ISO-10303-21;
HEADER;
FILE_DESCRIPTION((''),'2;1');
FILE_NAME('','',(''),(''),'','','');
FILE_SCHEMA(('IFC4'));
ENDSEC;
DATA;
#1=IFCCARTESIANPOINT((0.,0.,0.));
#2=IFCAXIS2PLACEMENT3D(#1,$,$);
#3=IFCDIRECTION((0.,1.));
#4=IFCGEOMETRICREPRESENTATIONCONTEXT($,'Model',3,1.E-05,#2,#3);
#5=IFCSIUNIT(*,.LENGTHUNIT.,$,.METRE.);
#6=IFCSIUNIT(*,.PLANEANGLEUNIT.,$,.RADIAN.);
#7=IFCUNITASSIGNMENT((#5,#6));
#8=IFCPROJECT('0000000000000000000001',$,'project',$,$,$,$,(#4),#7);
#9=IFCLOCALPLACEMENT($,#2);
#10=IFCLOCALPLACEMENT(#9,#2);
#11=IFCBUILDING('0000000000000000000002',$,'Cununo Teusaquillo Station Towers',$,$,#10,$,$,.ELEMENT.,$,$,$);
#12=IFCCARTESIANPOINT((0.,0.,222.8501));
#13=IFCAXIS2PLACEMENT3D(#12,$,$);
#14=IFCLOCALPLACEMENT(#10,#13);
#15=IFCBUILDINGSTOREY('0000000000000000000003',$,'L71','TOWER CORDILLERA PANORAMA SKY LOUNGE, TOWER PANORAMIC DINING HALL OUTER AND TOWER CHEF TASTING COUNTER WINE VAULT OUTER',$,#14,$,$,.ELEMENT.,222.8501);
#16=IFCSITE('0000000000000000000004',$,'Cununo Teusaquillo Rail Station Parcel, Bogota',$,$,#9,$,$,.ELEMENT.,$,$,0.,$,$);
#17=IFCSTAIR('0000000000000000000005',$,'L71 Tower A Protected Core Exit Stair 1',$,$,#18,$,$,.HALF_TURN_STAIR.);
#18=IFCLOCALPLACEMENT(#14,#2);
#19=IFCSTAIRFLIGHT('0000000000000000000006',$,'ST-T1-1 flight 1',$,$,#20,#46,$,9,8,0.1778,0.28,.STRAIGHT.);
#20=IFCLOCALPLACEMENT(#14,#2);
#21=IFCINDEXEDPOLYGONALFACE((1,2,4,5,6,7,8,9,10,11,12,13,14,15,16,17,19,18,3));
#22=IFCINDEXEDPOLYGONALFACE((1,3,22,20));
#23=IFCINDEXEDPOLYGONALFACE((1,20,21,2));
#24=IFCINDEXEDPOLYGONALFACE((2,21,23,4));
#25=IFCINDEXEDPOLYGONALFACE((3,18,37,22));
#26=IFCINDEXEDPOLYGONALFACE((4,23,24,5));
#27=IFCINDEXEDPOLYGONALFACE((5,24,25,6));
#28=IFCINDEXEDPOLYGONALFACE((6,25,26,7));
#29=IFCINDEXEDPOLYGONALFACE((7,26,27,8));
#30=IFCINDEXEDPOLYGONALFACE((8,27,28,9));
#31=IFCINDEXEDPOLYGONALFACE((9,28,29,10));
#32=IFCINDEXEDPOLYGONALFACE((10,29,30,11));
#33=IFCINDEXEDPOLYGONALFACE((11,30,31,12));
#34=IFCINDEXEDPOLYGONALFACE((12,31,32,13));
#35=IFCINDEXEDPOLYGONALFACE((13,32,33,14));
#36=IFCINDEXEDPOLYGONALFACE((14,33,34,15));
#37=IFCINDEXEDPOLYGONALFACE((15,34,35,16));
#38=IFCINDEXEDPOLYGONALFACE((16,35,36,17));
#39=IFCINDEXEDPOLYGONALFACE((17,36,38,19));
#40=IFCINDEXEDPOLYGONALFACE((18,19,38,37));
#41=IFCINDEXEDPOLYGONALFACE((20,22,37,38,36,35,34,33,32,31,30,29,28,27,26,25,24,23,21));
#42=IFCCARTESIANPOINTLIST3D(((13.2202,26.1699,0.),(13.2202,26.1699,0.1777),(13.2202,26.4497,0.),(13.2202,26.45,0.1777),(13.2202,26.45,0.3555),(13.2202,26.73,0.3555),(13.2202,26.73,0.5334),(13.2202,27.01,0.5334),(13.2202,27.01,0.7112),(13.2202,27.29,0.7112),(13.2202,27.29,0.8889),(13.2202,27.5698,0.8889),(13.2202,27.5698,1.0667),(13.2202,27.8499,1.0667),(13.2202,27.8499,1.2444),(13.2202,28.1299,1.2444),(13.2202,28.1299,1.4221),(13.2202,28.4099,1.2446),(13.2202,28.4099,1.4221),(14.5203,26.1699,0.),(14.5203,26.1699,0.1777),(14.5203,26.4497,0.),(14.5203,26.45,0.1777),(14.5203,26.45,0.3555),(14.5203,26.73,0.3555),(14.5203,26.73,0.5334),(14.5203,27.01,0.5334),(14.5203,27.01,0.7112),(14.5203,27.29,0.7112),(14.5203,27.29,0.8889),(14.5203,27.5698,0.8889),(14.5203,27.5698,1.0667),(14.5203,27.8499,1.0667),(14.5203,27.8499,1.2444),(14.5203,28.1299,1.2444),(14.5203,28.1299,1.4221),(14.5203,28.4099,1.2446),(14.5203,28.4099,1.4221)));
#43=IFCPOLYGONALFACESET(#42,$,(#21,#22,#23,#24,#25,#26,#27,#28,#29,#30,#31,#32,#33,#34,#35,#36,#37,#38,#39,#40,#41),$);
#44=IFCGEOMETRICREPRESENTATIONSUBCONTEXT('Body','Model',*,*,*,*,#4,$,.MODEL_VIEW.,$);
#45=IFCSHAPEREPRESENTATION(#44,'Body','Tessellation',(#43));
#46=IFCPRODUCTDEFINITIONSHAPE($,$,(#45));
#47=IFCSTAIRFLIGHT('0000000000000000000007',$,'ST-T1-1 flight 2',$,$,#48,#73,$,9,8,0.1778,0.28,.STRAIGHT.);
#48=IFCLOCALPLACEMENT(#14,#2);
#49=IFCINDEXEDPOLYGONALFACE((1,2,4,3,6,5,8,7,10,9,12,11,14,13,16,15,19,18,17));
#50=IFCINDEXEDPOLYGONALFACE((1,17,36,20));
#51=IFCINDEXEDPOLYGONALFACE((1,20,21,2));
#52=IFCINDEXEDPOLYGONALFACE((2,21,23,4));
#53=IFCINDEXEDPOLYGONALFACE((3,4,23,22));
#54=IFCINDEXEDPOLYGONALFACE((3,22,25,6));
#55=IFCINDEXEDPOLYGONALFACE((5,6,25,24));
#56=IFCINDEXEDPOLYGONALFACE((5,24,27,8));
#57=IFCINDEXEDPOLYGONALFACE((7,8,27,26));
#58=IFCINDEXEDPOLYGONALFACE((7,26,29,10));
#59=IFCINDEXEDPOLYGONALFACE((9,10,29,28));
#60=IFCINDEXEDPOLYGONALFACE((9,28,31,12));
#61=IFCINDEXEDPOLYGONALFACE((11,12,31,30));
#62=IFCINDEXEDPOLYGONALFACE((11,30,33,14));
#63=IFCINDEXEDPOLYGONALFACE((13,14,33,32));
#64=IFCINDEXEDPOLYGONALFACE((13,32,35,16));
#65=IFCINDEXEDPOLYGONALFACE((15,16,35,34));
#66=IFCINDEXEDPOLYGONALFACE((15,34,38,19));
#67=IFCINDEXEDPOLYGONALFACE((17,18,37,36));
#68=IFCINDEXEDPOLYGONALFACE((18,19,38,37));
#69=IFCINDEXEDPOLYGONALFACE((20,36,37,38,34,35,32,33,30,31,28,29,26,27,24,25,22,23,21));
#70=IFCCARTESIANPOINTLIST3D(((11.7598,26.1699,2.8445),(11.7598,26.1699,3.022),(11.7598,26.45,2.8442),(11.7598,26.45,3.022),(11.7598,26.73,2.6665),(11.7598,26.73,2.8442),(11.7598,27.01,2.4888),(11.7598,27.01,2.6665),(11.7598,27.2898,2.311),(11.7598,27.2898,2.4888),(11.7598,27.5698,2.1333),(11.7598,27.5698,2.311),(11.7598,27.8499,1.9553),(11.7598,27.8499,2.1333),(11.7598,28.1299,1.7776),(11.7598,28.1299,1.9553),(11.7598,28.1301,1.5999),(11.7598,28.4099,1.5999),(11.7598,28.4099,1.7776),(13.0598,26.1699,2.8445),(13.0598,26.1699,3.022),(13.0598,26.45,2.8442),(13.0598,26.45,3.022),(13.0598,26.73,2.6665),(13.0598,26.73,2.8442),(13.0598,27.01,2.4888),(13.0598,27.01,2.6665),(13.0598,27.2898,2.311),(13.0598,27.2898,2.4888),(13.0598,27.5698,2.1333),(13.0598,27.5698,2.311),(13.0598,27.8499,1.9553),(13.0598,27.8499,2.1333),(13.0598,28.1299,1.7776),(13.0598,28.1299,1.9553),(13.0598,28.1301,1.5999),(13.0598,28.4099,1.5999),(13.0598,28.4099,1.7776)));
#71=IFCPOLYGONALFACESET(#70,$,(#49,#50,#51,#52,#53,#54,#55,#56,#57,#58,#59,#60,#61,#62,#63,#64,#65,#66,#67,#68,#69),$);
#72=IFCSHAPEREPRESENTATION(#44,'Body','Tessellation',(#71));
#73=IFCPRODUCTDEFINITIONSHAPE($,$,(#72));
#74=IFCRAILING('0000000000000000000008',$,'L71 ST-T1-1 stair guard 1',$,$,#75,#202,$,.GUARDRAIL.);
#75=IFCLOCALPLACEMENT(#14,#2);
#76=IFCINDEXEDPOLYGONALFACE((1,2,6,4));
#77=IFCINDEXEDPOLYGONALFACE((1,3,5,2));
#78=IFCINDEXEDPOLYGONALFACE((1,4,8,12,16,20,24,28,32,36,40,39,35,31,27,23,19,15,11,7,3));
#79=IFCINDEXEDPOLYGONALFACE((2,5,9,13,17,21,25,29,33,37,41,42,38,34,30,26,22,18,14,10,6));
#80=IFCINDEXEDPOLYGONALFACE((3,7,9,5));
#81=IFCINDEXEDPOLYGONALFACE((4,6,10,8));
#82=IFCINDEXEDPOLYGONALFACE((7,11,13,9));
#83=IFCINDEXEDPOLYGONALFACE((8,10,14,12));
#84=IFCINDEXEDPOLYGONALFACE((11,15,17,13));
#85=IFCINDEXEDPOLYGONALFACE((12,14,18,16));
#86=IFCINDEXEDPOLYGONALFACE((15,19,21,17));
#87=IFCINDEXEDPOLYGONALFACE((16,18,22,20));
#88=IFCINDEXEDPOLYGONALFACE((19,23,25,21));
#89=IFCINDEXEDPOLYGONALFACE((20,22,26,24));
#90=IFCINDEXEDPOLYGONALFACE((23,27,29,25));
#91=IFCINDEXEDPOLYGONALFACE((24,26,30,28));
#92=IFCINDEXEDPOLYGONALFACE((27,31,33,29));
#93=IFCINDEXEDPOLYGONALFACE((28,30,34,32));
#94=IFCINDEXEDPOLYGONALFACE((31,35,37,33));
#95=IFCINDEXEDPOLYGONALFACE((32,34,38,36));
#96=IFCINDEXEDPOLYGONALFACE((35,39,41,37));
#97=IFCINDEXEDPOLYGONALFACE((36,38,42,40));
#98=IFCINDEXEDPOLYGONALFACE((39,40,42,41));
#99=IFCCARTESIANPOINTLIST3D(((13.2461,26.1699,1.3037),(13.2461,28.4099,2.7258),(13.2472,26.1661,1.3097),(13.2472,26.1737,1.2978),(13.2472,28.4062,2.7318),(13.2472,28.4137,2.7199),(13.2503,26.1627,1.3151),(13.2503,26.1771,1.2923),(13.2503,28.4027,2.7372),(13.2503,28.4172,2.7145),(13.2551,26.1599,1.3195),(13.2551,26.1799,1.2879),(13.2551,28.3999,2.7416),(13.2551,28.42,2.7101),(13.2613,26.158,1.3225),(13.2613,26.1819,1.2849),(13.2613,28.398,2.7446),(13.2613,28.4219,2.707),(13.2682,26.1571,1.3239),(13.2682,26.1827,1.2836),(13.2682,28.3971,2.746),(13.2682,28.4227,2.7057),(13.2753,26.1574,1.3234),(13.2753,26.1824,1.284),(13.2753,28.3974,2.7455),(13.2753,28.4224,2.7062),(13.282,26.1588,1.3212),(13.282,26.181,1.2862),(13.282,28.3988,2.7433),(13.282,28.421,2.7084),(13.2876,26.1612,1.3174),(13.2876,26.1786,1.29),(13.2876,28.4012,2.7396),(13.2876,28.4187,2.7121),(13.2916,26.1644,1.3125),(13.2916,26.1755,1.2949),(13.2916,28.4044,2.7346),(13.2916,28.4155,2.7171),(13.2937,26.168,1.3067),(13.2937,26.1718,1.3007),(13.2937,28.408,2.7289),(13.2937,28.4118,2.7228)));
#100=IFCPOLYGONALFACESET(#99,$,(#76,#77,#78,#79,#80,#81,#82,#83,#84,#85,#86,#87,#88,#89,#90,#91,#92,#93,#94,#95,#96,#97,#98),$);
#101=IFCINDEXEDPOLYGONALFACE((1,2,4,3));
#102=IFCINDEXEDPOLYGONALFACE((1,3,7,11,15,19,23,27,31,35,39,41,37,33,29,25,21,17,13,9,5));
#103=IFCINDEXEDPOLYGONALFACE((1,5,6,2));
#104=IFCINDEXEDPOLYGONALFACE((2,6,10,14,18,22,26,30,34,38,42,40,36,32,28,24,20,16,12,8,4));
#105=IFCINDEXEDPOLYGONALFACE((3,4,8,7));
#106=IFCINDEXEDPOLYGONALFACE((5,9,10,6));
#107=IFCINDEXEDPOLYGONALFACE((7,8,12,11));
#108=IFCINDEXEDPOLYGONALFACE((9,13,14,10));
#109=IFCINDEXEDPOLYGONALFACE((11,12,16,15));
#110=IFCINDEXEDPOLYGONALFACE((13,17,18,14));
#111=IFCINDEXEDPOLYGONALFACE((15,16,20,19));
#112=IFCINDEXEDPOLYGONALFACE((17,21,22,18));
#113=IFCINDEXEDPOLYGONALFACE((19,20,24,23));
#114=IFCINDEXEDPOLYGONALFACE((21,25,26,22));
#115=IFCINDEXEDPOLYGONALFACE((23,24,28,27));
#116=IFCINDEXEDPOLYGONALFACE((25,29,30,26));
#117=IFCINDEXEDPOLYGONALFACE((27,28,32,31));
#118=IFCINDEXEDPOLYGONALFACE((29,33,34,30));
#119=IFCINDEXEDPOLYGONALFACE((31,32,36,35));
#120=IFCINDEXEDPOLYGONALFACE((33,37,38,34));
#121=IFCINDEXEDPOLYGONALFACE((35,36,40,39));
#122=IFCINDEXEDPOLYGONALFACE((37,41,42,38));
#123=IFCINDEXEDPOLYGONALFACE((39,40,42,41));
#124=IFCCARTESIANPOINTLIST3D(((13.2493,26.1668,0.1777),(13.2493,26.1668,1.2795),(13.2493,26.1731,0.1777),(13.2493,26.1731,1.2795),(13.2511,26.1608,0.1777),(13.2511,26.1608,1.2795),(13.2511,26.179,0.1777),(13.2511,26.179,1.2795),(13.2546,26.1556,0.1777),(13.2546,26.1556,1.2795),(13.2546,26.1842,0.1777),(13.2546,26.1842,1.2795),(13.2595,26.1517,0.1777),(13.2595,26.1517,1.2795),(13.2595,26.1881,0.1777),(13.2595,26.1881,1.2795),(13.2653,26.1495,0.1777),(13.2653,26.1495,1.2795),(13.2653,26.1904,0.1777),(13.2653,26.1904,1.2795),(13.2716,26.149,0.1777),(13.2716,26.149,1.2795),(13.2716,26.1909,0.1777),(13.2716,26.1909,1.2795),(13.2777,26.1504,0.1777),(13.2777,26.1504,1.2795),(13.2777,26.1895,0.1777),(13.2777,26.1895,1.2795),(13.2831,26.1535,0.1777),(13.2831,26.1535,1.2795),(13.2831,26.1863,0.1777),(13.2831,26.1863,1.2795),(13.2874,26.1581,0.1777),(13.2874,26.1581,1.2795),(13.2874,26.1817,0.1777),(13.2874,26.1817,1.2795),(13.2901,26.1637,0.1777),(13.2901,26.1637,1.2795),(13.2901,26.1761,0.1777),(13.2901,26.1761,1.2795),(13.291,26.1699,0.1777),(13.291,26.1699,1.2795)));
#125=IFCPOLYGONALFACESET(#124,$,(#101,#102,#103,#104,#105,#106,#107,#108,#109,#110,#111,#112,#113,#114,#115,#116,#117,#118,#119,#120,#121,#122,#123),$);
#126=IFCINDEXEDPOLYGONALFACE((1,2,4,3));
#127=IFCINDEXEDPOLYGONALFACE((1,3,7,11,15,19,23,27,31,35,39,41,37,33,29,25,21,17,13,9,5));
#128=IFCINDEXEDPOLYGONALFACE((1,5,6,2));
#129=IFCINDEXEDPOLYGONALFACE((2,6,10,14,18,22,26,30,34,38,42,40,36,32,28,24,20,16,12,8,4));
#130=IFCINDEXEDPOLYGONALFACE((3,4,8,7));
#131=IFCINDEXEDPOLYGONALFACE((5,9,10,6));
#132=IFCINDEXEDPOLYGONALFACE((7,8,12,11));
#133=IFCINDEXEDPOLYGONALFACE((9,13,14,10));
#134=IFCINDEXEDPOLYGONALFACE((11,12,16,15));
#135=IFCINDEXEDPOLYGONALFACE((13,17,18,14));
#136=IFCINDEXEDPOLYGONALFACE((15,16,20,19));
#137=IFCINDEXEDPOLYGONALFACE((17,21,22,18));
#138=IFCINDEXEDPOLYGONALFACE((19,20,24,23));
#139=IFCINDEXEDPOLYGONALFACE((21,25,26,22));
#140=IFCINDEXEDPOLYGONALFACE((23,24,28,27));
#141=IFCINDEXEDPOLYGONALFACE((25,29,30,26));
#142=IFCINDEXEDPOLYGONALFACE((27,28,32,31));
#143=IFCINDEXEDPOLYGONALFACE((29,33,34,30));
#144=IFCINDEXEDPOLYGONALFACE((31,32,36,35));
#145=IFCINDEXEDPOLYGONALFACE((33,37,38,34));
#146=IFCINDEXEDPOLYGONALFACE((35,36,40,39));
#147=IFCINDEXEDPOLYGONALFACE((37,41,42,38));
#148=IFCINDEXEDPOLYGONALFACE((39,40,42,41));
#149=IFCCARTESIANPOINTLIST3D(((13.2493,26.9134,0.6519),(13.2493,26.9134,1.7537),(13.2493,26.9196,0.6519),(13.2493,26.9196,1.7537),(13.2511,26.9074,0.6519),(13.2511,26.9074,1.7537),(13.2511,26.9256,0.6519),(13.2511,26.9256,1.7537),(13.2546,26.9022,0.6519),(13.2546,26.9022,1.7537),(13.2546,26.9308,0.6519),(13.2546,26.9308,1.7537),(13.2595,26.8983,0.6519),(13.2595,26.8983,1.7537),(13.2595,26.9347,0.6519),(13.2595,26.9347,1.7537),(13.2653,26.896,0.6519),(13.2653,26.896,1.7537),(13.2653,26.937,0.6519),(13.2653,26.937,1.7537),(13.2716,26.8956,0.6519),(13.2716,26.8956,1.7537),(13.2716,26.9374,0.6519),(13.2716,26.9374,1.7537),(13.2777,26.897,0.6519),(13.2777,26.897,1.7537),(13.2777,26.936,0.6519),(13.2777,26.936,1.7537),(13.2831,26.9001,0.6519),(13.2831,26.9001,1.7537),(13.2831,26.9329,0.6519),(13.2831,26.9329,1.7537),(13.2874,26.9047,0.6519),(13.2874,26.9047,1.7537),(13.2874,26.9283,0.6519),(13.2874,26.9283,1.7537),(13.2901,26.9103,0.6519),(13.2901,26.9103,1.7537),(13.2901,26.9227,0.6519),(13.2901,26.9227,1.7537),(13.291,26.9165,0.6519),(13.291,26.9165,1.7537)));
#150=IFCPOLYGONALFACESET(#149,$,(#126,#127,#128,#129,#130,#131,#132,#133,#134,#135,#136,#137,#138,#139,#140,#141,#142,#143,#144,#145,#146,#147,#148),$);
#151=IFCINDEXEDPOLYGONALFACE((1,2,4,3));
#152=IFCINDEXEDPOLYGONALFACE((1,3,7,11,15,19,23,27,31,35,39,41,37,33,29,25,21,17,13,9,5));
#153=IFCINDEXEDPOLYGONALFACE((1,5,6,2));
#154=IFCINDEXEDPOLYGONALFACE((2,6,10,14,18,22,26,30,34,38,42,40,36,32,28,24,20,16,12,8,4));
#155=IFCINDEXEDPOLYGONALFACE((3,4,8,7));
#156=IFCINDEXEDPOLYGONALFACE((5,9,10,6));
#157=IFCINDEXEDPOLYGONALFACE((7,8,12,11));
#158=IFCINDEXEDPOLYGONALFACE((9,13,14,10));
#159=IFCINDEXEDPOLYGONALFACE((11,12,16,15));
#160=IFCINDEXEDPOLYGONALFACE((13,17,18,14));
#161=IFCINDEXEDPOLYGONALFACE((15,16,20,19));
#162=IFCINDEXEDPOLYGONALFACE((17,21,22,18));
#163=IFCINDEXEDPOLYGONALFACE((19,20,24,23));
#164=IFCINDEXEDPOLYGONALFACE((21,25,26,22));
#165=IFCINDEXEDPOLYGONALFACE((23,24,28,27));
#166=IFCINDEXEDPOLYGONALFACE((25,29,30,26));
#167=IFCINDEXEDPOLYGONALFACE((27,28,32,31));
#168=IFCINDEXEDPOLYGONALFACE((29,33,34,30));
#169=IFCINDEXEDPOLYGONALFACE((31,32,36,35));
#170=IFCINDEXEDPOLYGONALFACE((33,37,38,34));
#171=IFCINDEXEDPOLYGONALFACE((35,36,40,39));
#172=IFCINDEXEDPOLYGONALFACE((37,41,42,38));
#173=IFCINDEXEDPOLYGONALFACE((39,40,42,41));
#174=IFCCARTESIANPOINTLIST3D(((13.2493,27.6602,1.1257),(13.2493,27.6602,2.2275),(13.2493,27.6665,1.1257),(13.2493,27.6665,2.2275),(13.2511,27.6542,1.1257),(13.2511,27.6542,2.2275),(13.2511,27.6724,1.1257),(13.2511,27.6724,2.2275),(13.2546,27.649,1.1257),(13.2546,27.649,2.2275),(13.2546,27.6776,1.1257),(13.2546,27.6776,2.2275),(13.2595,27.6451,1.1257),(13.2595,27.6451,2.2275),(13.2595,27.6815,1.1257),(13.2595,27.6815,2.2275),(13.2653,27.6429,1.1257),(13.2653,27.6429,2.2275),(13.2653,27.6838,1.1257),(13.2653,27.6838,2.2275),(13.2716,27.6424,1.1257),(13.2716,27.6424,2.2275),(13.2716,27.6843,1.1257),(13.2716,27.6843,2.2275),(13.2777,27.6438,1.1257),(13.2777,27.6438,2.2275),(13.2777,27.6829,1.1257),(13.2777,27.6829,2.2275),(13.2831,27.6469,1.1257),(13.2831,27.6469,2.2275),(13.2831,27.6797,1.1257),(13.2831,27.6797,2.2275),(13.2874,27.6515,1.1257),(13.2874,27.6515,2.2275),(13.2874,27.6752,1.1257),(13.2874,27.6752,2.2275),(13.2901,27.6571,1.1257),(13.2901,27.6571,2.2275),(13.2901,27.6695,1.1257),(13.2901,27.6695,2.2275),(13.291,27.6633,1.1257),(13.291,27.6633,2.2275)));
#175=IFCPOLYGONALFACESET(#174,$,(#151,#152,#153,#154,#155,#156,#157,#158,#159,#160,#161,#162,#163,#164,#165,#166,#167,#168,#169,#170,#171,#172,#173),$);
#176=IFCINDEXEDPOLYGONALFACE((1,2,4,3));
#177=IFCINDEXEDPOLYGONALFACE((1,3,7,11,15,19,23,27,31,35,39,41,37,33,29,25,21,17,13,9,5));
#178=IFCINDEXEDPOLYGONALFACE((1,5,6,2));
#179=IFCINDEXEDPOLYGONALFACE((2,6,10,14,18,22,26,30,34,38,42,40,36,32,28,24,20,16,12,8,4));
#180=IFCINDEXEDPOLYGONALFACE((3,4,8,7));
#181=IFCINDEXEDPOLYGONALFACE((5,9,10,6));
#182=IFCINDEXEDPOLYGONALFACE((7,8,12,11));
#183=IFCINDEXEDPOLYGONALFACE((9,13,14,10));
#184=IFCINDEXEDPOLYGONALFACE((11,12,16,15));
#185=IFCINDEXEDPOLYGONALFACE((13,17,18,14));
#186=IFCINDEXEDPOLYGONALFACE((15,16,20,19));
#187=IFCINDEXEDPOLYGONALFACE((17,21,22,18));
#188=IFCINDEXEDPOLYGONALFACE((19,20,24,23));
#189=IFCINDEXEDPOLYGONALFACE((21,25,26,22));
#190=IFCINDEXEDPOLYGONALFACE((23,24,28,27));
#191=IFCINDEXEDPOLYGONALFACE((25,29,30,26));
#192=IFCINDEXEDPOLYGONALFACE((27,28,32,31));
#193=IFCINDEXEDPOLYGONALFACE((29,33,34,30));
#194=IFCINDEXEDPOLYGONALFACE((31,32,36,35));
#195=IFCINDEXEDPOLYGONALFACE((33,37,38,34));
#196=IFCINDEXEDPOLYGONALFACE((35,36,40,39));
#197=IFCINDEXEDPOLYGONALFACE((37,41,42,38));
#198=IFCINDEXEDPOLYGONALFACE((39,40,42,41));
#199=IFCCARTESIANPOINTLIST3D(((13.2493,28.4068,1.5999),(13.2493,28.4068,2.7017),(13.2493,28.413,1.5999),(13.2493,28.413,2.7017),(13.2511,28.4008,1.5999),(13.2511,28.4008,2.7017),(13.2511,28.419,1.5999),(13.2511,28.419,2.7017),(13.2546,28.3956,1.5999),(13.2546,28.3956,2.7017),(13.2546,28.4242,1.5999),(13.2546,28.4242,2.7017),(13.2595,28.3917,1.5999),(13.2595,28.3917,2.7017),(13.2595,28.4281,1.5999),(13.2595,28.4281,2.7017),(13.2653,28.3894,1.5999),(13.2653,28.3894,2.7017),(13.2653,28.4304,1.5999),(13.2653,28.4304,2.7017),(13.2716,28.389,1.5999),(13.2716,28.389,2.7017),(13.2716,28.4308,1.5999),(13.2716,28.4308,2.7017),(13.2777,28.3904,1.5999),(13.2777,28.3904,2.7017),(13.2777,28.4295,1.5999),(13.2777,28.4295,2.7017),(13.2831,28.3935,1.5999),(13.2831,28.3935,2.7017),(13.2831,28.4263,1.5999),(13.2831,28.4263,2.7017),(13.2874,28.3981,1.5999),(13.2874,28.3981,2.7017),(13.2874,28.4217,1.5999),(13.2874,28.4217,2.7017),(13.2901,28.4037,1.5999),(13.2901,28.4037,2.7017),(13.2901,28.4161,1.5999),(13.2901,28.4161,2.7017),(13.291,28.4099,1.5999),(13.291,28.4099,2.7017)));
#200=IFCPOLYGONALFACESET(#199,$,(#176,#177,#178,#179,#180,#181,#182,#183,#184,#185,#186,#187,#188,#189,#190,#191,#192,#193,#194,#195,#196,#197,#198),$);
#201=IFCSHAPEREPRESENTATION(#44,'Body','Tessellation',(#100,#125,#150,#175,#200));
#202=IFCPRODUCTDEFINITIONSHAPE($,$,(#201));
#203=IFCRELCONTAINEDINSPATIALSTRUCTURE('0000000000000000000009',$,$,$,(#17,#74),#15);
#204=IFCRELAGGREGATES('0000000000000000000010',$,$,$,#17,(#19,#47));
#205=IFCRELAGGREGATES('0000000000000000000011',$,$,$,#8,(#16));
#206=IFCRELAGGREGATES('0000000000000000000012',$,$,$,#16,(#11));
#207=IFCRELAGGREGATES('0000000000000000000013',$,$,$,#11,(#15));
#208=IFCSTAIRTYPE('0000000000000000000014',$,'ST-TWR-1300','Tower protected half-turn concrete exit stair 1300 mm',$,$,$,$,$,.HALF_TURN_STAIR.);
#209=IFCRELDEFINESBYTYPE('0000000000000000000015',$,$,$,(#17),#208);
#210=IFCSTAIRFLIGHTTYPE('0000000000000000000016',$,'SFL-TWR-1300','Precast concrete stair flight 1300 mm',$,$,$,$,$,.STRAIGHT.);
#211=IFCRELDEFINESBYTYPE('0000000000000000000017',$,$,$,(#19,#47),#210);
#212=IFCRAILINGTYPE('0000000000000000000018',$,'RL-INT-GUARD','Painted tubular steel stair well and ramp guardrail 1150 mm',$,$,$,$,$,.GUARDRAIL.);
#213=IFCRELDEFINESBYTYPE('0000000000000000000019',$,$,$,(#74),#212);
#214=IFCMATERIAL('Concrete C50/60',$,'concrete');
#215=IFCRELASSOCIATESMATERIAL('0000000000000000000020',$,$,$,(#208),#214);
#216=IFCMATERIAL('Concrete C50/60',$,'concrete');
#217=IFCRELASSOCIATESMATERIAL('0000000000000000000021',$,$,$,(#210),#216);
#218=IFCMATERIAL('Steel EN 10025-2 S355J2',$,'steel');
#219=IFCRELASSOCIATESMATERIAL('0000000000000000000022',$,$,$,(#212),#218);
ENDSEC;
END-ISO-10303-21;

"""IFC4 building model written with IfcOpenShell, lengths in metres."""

from ifc_helpers import new_model, si_unit, direction, frame, origin, origin_2d, place, context, subcontext, project, spatial, polyline, circle, outline, extrude, material, type_object, element, aggregate, save


model = new_model("IFC4")

# Units and contexts
model_context = context("Model", 3, precision=1e-05, world=origin(), true_north=direction((0.0, 1.0)))
body_context = subcontext(model_context, "Body", "Model", "MODEL_VIEW")
ifc_project = project(units=[si_unit("LENGTHUNIT", "METRE"), si_unit("PLANEANGLEUNIT", "RADIAN")], contexts=[model_context])

# Site, building, storey
site_placement = place(None, origin())
site = spatial("IfcSite", under=ifc_project, at=site_placement, Name="Cununo Teusaquillo Rail Station Parcel, Bogota", CompositionType="ELEMENT", RefElevation=0.0)
building_placement = place(site_placement, origin())
building = spatial("IfcBuilding", under=site, at=building_placement, Name="Cununo Teusaquillo Station Towers", CompositionType="ELEMENT")
storey_placement = place(building_placement, frame((0.0, 0.0, 222.8501)))
storey = spatial("IfcBuildingStorey", under=building, at=storey_placement, Name="L71", Description="TOWER CORDILLERA PANORAMA SKY LOUNGE, TOWER PANORAMIC DINING HALL OUTER AND TOWER CHEF TASTING COUNTER WINE VAULT OUTER", CompositionType="ELEMENT", Elevation=222.8501)

# Stair, stair flights
ifc_material_1 = material(Name="Concrete C50/60", Category="concrete")
stair_type = type_object("IfcStairType", Name="ST-TWR-1300", Description="Tower protected half-turn concrete exit stair 1300 mm", PredefinedType="HALF_TURN_STAIR", material=ifc_material_1)
stair_placement = place(storey_placement, origin())
stair = element("IfcStair", 1, at=stair_placement, inside=storey, type_object=stair_type, Name="L71 Tower A Protected Core Exit Stair 1", PredefinedType="HALF_TURN_STAIR")
ifc_material_2 = material(Name="Concrete C50/60", Category="concrete")
stair_flight_type = type_object("IfcStairFlightType", Name="SFL-TWR-1300", Description="Precast concrete stair flight 1300 mm", PredefinedType="STRAIGHT", material=ifc_material_2)
stair_flight_1_placement = place(storey_placement, frame((13.8701, 26.1699, 0.0), z_axis=(0.0, 0.0, 1.0), x_axis=(0.0, 1.0, 0.0)))
stair_flight_1 = element("IfcStairFlight", 2, at=stair_flight_1_placement, type_object=stair_flight_type, Name="ST-T1-1 flight 1", NumberOfRisers=9, NumberOfTreads=8, PredefinedType="STRAIGHT", RiserHeight=0.1778, TreadLength=0.28, context=body_context, shape_type="SweptSolid", body=[
    extrude(outline(polyline([(0.0, 0.0), (0.0, 0.1777), (0.28, 0.1777), (0.28, 0.3555), (0.5601, 0.3555), (0.5601, 0.5334), (0.8401, 0.5334), (0.8401, 0.7112), (1.1201, 0.7112), (1.1201, 0.8889), (1.3999, 0.8889), (1.3999, 1.0667), (1.6799, 1.0667), (1.6799, 1.2444), (1.96, 1.2444), (1.96, 1.4221), (2.24, 1.4221), (2.24, 1.6001), (2.24, 1.2446), (0.2798, 0.0), (0.0, 0.0)])), frame((0.0, 0.6499, 0.0), z_axis=(0.0, -1.0, 0.0), x_axis=(1.0, 0.0, 0.0)), (0.0, 0.0, 1.0), 1.3),
])
stair_flight_2_placement = place(storey_placement, frame((12.4099, 28.4099, 1.5999), z_axis=(0.0, 0.0, 1.0), x_axis=(0.0, -1.0, 0.0)))
stair_flight_2 = element("IfcStairFlight", 3, at=stair_flight_2_placement, type_object=stair_flight_type, Name="ST-T1-1 flight 2", NumberOfRisers=9, NumberOfTreads=8, PredefinedType="STRAIGHT", RiserHeight=0.1778, TreadLength=0.28, context=body_context, shape_type="SweptSolid", body=[
    extrude(outline(polyline([(0.0, 0.0), (0.0, 0.1777), (0.28, 0.1777), (0.28, 0.3555), (0.5601, 0.3555), (0.5601, 0.5334), (0.8401, 0.5334), (0.8401, 0.7112), (1.1201, 0.7112), (1.1201, 0.8889), (1.3999, 0.8889), (1.3999, 1.0667), (1.6799, 1.0667), (1.6799, 1.2444), (1.96, 1.2444), (1.96, 1.4221), (2.24, 1.4221), (2.24, 1.6001), (2.24, 1.2446), (0.2798, 0.0), (0.0, 0.0)])), frame((0.0, 0.6499, 0.0), z_axis=(0.0, -1.0, 0.0), x_axis=(1.0, 0.0, 0.0)), (0.0, 0.0, 1.0), 1.3),
])
aggregate(stair, [stair_flight_1, stair_flight_2])

# Railing
ifc_material_3 = material(Name="Steel EN 10025-2 S355J2", Category="steel")
railing_type_1 = type_object("IfcRailingType", Name="RL-INT-GUARD", Description="Painted tubular steel stair well and ramp guardrail 1150 mm", PredefinedType="GUARDRAIL", material=ifc_material_3)
railing_1_placement = place(storey_placement, frame((13.27, 26.1699, 0.1777)))
element("IfcRailing", 4, at=railing_1_placement, inside=storey, type_object=railing_type_1, Name="L71 ST-T1-1 stair guard 1", PredefinedType="GUARDRAIL", context=body_context, shape_type="SweptSolid", body=[
    extrude(circle(Radius=0.0239, at=origin_2d()), frame((0.0, 0.0, 1.126), z_axis=(0.0, 0.844229, 0.535982), x_axis=(-1.0, 0.0, 0.0)), (0.0, 0.0, 1.0), 2.6533),
    extrude(circle(Radius=0.021, at=origin_2d()), origin(), (0.0, 0.0, 1.0), 1.1018),
    extrude(circle(Radius=0.021, at=origin_2d()), frame((0.0, 0.7466, 0.4741)), (0.0, 0.0, 1.0), 1.1018),
    extrude(circle(Radius=0.021, at=origin_2d()), frame((0.0, 1.4934, 0.948)), (0.0, 0.0, 1.0), 1.1018),
    extrude(circle(Radius=0.021, at=origin_2d()), frame((0.0, 2.24, 1.4221)), (0.0, 0.0, 1.0), 1.1018),
])

save(model, "model.ifc")
